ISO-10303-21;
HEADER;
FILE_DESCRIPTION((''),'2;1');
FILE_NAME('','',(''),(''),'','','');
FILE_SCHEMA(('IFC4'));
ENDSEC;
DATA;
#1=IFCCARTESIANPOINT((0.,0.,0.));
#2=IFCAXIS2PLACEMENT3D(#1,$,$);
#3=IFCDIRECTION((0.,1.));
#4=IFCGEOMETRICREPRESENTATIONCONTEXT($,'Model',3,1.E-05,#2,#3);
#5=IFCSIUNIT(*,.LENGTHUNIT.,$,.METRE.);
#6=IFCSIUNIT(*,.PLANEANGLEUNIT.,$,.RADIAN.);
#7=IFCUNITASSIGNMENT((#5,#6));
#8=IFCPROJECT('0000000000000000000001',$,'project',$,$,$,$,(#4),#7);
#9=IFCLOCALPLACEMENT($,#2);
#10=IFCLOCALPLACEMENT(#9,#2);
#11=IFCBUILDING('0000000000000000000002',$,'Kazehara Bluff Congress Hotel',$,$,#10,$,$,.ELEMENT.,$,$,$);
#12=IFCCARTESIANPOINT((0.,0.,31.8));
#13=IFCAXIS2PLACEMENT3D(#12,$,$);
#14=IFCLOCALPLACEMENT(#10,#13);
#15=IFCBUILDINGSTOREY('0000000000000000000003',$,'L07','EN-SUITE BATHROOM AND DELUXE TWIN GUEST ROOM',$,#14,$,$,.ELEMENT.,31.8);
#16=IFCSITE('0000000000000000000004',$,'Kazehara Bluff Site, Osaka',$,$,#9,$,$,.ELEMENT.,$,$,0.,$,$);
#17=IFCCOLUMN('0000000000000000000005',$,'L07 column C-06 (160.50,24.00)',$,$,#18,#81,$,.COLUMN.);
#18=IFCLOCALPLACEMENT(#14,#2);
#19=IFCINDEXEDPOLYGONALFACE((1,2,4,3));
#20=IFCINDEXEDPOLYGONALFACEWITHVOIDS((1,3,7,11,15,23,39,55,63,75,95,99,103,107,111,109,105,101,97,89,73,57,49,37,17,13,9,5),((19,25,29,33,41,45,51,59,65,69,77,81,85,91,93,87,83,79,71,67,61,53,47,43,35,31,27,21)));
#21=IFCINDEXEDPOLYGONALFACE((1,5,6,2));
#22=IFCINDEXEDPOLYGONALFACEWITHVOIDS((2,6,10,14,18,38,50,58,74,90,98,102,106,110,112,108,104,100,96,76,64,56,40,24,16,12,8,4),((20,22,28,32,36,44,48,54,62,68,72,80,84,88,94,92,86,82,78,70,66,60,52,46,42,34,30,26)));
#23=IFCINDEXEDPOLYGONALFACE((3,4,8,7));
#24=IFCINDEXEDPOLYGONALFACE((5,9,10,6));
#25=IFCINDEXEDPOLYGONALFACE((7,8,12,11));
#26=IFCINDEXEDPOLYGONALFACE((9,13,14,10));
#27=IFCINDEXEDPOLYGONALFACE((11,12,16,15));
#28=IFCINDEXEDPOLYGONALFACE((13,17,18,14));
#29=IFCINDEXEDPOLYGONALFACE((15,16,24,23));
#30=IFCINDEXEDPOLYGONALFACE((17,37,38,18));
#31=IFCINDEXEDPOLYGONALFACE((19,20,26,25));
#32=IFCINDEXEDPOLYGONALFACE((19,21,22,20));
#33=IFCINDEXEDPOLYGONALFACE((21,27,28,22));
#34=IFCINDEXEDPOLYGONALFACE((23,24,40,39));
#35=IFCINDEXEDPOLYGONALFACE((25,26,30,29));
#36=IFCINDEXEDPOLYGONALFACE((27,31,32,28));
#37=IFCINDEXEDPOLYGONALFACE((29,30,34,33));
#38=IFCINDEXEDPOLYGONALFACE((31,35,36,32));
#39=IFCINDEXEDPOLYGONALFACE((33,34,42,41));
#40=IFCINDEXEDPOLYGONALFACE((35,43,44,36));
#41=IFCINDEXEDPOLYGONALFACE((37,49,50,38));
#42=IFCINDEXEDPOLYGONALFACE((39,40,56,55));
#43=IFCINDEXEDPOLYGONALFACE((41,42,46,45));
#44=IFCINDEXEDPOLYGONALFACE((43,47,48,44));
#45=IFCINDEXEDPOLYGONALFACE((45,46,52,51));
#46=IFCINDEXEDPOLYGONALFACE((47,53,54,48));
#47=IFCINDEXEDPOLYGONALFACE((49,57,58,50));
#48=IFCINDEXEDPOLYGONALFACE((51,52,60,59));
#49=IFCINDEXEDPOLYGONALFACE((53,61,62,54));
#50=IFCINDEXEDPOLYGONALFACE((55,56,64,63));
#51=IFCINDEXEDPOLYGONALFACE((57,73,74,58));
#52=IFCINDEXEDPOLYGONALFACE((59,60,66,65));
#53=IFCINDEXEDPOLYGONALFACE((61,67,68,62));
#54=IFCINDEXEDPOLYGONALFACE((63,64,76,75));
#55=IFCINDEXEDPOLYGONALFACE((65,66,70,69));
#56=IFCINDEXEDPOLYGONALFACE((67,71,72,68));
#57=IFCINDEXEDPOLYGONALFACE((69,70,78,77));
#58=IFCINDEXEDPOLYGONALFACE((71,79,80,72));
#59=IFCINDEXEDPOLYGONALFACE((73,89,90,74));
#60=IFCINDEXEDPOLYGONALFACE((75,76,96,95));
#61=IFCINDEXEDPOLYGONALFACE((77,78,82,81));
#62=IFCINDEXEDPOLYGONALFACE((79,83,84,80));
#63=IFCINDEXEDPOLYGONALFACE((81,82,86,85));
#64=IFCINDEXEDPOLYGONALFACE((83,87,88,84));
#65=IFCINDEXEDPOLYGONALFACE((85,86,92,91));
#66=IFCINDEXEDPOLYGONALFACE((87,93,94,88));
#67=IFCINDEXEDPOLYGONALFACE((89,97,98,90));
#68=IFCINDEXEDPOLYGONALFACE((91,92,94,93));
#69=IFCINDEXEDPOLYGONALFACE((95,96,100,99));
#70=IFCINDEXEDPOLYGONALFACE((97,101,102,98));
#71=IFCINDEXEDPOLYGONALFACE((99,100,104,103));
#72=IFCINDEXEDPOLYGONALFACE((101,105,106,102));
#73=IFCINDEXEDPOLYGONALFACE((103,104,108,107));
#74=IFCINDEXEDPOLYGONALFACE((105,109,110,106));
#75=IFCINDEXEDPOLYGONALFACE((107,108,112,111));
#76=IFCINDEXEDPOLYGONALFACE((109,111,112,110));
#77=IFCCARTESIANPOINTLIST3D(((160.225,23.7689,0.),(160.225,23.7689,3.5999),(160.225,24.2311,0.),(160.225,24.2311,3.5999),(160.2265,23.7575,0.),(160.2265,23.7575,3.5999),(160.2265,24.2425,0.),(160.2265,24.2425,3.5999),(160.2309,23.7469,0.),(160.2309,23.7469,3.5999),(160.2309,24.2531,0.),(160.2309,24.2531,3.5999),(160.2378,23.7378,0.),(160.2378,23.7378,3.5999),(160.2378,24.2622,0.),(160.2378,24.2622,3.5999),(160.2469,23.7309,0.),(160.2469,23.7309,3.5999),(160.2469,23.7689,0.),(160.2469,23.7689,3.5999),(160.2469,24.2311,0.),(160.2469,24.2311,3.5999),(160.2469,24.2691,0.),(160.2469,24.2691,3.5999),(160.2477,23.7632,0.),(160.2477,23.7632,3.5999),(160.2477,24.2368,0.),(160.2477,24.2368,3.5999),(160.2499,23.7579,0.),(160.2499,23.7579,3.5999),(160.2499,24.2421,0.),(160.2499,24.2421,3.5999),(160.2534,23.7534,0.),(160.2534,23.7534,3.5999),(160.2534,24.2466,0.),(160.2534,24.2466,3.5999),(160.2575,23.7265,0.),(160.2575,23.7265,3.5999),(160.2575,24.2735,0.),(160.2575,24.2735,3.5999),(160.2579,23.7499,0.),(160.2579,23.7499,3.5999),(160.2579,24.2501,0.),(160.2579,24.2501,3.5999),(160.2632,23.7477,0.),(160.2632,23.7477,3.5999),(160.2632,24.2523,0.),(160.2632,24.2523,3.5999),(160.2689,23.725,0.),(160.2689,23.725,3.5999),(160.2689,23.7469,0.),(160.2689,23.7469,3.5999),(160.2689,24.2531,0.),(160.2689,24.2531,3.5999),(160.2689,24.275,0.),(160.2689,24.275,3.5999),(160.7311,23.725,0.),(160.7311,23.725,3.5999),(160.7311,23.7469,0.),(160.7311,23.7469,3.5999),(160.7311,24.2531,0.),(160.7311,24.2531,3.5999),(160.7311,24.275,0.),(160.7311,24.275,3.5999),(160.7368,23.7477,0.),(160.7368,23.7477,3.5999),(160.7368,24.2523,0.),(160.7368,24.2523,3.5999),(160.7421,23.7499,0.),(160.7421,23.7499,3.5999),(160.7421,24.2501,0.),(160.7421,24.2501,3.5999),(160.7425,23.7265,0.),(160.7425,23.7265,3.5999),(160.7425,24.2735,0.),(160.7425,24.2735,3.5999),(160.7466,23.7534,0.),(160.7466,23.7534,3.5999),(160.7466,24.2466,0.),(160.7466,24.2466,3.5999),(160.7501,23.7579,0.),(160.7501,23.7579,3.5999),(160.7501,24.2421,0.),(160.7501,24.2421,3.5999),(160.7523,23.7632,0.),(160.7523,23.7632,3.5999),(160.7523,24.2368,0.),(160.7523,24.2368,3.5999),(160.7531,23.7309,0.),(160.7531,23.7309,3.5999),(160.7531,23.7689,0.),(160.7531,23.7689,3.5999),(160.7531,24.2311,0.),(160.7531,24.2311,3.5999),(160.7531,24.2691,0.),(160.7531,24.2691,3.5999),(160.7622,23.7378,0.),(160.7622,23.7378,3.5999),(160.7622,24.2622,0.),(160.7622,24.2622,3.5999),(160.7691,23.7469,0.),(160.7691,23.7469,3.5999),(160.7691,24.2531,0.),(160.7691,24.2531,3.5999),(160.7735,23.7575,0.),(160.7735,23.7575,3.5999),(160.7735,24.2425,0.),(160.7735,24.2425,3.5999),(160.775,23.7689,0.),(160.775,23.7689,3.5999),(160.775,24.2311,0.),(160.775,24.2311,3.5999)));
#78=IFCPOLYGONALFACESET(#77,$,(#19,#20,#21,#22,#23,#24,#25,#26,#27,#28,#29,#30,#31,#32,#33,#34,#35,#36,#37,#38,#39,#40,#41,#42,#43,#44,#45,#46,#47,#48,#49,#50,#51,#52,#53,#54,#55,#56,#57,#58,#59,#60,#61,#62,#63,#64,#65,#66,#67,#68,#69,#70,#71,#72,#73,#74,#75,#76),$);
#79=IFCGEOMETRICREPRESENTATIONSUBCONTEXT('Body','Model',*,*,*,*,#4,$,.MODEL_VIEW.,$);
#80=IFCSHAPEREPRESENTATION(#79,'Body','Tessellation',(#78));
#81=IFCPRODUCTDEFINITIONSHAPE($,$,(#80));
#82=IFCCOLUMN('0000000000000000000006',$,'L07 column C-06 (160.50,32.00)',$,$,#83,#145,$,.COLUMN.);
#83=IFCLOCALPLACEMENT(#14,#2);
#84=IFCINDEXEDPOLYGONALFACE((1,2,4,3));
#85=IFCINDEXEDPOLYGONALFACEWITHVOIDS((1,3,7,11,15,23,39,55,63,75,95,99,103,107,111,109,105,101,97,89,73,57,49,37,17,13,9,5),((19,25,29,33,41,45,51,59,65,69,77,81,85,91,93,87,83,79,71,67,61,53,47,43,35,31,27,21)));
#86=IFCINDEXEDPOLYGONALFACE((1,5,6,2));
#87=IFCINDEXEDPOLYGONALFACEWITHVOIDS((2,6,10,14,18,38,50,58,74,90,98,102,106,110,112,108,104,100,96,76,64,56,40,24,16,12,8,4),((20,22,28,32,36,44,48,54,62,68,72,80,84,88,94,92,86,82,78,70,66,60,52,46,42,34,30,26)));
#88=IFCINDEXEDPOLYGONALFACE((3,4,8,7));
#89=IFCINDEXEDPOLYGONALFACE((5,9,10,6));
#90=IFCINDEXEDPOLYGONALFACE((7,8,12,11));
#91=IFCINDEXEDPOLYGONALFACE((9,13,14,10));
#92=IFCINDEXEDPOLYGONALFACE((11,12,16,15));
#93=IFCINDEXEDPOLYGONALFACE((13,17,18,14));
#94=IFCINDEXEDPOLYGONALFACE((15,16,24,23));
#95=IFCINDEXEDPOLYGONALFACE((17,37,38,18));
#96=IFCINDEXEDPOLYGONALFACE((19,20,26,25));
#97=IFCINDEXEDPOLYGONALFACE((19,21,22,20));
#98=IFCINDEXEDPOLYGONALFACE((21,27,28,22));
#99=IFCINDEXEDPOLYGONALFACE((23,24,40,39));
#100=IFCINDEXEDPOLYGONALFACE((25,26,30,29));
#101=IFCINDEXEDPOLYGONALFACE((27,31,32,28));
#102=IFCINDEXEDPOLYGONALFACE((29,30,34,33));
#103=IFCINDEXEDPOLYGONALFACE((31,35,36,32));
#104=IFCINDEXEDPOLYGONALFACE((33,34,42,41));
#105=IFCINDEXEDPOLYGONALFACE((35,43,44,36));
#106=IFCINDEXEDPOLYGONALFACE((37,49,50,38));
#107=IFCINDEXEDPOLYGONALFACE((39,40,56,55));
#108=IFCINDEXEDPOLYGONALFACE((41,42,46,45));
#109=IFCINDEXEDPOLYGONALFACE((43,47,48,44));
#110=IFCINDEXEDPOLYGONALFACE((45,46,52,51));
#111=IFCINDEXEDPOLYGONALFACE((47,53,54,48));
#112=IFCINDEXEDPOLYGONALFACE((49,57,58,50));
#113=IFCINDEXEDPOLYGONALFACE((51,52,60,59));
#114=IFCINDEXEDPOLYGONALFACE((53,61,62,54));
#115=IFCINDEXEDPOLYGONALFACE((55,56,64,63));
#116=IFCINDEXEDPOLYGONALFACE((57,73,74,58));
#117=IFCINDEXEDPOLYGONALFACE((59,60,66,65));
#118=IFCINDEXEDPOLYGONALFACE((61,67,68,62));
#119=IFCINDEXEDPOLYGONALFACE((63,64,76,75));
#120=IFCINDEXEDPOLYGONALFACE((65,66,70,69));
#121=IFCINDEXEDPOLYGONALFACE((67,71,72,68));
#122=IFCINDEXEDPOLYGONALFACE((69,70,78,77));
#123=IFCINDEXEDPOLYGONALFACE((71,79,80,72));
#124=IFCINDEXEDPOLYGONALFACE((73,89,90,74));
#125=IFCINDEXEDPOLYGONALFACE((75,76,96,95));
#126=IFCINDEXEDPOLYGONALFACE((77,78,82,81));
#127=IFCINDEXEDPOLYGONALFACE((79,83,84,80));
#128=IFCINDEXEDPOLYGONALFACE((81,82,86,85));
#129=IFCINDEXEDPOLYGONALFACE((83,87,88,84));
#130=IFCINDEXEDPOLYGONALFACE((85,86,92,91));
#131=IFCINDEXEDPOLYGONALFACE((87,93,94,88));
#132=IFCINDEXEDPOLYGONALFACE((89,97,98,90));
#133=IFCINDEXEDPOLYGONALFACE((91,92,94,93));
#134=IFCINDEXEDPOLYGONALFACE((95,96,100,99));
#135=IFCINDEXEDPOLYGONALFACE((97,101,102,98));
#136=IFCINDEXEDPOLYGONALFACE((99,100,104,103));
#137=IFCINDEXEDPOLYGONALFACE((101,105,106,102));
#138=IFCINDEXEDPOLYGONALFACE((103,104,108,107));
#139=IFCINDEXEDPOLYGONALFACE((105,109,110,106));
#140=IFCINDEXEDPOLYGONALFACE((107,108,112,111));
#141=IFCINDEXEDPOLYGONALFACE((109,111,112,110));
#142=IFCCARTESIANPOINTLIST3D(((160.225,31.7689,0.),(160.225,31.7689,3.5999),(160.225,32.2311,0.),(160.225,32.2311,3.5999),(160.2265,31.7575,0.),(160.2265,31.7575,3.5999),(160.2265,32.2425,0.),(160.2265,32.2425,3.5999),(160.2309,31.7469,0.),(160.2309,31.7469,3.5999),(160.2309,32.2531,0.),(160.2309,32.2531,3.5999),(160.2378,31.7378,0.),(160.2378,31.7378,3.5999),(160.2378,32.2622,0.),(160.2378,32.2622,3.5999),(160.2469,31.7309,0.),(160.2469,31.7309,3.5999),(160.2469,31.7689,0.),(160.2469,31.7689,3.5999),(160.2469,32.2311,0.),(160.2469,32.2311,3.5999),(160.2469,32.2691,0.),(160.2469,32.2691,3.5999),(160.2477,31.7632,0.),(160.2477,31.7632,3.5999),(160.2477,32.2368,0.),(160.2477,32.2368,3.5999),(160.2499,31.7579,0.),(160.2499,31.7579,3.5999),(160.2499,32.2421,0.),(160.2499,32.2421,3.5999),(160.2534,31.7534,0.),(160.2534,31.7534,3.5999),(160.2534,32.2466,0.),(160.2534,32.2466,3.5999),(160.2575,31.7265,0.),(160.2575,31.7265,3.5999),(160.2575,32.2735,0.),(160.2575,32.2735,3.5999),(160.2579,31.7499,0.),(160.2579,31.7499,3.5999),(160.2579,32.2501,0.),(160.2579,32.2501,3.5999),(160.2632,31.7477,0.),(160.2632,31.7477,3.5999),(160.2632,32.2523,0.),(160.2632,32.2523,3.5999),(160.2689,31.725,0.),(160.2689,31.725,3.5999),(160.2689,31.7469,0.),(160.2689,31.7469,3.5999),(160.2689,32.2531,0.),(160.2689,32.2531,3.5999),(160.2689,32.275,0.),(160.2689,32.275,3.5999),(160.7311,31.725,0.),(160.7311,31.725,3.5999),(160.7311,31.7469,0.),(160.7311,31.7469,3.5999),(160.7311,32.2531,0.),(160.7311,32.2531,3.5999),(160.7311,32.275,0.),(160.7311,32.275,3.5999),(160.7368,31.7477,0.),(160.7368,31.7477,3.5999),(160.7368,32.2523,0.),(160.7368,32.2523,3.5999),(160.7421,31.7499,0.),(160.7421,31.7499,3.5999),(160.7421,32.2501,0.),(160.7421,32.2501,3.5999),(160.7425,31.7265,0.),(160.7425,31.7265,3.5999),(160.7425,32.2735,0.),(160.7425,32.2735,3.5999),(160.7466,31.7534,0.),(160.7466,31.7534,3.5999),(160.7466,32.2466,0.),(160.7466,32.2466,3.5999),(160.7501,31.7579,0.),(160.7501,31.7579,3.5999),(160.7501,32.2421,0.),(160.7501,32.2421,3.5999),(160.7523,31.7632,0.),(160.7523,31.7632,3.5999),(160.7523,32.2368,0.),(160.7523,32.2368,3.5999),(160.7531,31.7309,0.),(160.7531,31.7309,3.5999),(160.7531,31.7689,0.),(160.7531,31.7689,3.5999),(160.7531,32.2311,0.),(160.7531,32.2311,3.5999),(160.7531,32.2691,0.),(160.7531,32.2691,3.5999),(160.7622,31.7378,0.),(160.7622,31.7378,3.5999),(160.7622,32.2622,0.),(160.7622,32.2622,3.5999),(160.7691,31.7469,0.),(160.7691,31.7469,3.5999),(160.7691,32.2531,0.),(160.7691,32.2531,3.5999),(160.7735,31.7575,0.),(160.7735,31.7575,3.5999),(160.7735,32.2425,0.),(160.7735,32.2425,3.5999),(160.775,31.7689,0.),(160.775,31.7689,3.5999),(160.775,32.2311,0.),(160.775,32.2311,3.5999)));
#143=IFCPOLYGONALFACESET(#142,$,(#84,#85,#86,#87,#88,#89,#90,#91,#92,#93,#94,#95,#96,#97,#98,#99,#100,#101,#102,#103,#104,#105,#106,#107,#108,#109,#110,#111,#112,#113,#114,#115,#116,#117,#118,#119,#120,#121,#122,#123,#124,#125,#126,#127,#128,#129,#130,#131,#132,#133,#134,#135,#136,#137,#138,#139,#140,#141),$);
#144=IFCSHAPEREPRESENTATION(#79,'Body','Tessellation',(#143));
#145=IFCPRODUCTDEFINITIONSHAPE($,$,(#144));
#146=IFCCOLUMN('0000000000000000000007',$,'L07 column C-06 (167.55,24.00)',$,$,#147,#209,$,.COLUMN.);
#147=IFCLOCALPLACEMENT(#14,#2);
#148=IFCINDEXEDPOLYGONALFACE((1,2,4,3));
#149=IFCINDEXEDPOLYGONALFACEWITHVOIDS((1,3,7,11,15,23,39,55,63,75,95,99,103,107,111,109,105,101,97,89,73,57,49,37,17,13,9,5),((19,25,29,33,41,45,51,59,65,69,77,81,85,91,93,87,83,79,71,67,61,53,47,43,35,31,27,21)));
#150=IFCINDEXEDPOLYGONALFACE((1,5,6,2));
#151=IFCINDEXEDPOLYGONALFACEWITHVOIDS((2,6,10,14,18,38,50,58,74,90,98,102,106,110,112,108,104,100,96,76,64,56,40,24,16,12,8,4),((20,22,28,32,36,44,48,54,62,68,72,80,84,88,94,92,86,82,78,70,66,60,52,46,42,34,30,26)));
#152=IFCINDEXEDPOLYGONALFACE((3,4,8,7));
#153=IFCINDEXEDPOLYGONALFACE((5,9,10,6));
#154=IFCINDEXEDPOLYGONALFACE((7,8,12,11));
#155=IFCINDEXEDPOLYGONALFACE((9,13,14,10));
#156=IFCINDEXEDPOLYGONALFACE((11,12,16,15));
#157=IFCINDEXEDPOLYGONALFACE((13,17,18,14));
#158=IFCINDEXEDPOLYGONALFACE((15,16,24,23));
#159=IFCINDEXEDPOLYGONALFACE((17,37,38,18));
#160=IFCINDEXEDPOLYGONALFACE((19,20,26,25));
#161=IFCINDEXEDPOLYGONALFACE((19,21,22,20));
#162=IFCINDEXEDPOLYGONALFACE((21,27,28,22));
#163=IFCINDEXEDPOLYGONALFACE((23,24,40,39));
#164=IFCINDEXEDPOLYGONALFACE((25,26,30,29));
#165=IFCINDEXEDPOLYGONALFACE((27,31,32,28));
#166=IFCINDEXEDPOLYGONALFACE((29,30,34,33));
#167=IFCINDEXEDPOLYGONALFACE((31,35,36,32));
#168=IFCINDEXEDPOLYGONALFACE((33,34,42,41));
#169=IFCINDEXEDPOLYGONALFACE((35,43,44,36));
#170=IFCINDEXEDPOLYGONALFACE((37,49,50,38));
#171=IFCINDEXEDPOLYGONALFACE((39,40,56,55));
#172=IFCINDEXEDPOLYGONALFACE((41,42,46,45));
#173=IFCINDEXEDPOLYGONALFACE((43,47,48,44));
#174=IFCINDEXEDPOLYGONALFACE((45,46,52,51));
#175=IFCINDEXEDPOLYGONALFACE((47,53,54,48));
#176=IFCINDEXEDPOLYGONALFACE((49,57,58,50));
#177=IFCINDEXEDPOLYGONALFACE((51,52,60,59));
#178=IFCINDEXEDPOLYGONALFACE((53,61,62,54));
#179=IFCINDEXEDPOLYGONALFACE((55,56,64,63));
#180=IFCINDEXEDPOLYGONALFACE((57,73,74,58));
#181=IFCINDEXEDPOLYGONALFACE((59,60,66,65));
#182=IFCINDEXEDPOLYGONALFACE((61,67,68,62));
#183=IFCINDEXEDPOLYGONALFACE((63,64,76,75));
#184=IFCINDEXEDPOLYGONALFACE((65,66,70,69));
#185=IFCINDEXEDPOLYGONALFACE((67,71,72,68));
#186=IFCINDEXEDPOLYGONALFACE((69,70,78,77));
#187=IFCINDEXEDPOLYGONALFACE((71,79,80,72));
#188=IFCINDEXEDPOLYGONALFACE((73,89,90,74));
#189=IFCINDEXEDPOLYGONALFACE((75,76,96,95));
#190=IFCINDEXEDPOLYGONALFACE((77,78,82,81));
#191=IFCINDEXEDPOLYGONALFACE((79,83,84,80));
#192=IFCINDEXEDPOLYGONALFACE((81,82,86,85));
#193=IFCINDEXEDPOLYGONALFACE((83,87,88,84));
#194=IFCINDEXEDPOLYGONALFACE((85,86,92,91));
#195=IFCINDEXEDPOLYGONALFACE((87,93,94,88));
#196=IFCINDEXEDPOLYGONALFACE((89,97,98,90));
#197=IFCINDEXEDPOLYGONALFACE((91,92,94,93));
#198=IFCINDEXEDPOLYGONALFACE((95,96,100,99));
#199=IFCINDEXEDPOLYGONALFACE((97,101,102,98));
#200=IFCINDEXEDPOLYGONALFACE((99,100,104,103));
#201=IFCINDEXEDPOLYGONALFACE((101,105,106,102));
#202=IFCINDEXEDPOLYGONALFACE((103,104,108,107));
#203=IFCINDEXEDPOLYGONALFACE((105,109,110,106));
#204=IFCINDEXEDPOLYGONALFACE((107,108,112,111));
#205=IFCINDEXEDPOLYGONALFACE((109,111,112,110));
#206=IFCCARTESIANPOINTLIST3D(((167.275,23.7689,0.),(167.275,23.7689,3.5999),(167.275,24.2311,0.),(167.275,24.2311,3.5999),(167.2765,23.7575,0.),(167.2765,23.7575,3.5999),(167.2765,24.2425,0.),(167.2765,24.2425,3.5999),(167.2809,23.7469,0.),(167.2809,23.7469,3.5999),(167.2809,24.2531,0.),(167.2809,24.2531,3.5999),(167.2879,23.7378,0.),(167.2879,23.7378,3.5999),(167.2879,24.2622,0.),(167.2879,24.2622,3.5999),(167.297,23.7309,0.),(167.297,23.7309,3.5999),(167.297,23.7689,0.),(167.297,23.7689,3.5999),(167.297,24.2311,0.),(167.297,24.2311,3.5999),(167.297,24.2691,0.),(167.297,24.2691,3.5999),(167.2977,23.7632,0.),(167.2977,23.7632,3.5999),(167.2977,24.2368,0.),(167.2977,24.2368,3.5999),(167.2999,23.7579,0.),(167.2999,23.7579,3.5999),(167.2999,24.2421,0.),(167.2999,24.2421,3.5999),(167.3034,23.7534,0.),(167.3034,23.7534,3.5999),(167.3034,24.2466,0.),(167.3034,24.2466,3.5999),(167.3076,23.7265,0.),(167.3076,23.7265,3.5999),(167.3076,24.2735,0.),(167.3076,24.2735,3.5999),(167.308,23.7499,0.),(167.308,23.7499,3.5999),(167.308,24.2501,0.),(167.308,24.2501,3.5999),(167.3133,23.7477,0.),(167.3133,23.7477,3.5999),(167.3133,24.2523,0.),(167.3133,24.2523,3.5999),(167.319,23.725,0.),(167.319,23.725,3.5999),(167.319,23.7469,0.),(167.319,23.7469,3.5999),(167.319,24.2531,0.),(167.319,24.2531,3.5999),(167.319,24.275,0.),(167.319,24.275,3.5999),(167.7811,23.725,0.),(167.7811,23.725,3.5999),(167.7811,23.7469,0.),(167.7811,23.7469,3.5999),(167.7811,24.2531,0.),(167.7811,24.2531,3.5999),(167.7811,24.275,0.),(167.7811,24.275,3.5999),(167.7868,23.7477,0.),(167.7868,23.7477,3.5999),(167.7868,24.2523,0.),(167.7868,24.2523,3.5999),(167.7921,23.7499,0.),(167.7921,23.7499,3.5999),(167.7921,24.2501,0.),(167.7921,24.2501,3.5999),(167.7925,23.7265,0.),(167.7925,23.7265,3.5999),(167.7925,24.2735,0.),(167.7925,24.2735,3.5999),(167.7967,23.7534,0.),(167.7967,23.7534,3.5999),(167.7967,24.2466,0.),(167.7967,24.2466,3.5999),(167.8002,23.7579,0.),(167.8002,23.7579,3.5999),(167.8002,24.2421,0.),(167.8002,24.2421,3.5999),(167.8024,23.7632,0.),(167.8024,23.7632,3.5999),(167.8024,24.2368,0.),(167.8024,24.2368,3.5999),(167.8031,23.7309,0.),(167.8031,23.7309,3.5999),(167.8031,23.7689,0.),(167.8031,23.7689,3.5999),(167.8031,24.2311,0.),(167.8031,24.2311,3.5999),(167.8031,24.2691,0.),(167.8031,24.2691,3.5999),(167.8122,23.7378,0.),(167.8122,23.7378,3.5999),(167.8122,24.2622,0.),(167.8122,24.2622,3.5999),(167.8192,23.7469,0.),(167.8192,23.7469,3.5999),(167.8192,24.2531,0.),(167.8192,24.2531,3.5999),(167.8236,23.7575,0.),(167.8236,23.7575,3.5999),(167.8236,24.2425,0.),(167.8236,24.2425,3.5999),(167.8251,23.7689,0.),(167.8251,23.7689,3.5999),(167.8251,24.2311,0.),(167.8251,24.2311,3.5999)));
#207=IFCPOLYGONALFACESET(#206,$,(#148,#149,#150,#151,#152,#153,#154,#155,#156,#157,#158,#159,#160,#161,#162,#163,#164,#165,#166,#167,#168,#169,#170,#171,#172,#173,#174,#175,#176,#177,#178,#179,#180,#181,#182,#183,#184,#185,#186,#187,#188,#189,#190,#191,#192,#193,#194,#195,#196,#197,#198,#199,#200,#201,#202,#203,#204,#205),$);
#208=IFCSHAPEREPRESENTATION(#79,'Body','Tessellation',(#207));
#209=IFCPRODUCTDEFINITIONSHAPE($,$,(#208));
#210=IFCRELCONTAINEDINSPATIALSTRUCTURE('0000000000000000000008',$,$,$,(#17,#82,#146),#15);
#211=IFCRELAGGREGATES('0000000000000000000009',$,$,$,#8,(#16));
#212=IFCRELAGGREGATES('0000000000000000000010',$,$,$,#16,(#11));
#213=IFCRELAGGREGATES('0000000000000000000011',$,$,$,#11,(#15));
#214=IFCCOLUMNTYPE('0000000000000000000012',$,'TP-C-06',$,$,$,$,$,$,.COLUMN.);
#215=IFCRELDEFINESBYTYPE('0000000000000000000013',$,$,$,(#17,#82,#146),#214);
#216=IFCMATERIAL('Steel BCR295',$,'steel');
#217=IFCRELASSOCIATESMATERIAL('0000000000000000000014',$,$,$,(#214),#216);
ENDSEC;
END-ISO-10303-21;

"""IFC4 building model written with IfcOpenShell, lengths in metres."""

from ifc_helpers import new_model, si_unit, direction, frame, origin, origin_2d, place, context, subcontext, project, spatial, hollow_rectangle, extrude, material, material_profile, profile_set, type_object, element, save


model = new_model("IFC4")

# Units and contexts
model_context = context("Model", 3, precision=1e-05, world=origin(), true_north=direction((0.0, 1.0)))
body_context = subcontext(model_context, "Body", "Model", "MODEL_VIEW")
ifc_project = project(units=[si_unit("LENGTHUNIT", "METRE"), si_unit("PLANEANGLEUNIT", "RADIAN")], contexts=[model_context])

# Site, building, storey
site_placement = place(None, origin())
site = spatial("IfcSite", under=ifc_project, at=site_placement, Name="Kazehara Bluff Site, Osaka", CompositionType="ELEMENT", RefElevation=0.0)
building_placement = place(site_placement, origin())
building = spatial("IfcBuilding", under=site, at=building_placement, Name="Kazehara Bluff Congress Hotel", CompositionType="ELEMENT")
storey_placement = place(building_placement, frame((0.0, 0.0, 31.8)))
storey = spatial("IfcBuildingStorey", under=building, at=storey_placement, Name="L07", Description="EN-SUITE BATHROOM AND DELUXE TWIN GUEST ROOM", CompositionType="ELEMENT", Elevation=31.8)

# Columns
ifc_material_1 = material(Name="Steel BCR295", Category="steel")
ifc_material_profile_1 = material_profile(ifc_material_1, hollow_rectangle(XDim=0.55, YDim=0.55, WallThickness=0.022, InnerFilletRadius=0.022, OuterFilletRadius=0.0439, at=origin_2d()))
ifc_profile_set_1 = profile_set([ifc_material_profile_1], Name="Steel BCR295")
column_type = type_object("IfcColumnType", Name="TP-C-06", PredefinedType="COLUMN", material=ifc_profile_set_1)
for number, where, z_axis, x_axis, name in (
    (1, (160.5, 24.0, 0.0), (0.0, 0.0, 1.0), (1.0, 0.0, 0.0), "L07 column C-06 (160.50,24.00)"),
    (2, (160.5, 32.0, 0.0), (0.0, 0.0, 1.0), (1.0, 0.0, 0.0), "L07 column C-06 (160.50,32.00)"),
    (3, (167.55, 24.0, 0.0), (0.0, 0.0, 1.0), (1.0, 0.0, 0.0), "L07 column C-06 (167.55,24.00)"),
):
    element("IfcColumn", number, at=place(storey_placement, frame(where, z_axis=z_axis, x_axis=x_axis)), inside=storey, type_object=column_type, Name=name, PredefinedType="COLUMN", context=body_context, shape_type="SweptSolid", body=[
        extrude(hollow_rectangle(XDim=0.55, YDim=0.55, WallThickness=0.022, InnerFilletRadius=0.022, OuterFilletRadius=0.0439, at=origin_2d()), origin(), (0.0, 0.0, 1.0), 3.5999),
    ])

save(model, "model.ifc")
